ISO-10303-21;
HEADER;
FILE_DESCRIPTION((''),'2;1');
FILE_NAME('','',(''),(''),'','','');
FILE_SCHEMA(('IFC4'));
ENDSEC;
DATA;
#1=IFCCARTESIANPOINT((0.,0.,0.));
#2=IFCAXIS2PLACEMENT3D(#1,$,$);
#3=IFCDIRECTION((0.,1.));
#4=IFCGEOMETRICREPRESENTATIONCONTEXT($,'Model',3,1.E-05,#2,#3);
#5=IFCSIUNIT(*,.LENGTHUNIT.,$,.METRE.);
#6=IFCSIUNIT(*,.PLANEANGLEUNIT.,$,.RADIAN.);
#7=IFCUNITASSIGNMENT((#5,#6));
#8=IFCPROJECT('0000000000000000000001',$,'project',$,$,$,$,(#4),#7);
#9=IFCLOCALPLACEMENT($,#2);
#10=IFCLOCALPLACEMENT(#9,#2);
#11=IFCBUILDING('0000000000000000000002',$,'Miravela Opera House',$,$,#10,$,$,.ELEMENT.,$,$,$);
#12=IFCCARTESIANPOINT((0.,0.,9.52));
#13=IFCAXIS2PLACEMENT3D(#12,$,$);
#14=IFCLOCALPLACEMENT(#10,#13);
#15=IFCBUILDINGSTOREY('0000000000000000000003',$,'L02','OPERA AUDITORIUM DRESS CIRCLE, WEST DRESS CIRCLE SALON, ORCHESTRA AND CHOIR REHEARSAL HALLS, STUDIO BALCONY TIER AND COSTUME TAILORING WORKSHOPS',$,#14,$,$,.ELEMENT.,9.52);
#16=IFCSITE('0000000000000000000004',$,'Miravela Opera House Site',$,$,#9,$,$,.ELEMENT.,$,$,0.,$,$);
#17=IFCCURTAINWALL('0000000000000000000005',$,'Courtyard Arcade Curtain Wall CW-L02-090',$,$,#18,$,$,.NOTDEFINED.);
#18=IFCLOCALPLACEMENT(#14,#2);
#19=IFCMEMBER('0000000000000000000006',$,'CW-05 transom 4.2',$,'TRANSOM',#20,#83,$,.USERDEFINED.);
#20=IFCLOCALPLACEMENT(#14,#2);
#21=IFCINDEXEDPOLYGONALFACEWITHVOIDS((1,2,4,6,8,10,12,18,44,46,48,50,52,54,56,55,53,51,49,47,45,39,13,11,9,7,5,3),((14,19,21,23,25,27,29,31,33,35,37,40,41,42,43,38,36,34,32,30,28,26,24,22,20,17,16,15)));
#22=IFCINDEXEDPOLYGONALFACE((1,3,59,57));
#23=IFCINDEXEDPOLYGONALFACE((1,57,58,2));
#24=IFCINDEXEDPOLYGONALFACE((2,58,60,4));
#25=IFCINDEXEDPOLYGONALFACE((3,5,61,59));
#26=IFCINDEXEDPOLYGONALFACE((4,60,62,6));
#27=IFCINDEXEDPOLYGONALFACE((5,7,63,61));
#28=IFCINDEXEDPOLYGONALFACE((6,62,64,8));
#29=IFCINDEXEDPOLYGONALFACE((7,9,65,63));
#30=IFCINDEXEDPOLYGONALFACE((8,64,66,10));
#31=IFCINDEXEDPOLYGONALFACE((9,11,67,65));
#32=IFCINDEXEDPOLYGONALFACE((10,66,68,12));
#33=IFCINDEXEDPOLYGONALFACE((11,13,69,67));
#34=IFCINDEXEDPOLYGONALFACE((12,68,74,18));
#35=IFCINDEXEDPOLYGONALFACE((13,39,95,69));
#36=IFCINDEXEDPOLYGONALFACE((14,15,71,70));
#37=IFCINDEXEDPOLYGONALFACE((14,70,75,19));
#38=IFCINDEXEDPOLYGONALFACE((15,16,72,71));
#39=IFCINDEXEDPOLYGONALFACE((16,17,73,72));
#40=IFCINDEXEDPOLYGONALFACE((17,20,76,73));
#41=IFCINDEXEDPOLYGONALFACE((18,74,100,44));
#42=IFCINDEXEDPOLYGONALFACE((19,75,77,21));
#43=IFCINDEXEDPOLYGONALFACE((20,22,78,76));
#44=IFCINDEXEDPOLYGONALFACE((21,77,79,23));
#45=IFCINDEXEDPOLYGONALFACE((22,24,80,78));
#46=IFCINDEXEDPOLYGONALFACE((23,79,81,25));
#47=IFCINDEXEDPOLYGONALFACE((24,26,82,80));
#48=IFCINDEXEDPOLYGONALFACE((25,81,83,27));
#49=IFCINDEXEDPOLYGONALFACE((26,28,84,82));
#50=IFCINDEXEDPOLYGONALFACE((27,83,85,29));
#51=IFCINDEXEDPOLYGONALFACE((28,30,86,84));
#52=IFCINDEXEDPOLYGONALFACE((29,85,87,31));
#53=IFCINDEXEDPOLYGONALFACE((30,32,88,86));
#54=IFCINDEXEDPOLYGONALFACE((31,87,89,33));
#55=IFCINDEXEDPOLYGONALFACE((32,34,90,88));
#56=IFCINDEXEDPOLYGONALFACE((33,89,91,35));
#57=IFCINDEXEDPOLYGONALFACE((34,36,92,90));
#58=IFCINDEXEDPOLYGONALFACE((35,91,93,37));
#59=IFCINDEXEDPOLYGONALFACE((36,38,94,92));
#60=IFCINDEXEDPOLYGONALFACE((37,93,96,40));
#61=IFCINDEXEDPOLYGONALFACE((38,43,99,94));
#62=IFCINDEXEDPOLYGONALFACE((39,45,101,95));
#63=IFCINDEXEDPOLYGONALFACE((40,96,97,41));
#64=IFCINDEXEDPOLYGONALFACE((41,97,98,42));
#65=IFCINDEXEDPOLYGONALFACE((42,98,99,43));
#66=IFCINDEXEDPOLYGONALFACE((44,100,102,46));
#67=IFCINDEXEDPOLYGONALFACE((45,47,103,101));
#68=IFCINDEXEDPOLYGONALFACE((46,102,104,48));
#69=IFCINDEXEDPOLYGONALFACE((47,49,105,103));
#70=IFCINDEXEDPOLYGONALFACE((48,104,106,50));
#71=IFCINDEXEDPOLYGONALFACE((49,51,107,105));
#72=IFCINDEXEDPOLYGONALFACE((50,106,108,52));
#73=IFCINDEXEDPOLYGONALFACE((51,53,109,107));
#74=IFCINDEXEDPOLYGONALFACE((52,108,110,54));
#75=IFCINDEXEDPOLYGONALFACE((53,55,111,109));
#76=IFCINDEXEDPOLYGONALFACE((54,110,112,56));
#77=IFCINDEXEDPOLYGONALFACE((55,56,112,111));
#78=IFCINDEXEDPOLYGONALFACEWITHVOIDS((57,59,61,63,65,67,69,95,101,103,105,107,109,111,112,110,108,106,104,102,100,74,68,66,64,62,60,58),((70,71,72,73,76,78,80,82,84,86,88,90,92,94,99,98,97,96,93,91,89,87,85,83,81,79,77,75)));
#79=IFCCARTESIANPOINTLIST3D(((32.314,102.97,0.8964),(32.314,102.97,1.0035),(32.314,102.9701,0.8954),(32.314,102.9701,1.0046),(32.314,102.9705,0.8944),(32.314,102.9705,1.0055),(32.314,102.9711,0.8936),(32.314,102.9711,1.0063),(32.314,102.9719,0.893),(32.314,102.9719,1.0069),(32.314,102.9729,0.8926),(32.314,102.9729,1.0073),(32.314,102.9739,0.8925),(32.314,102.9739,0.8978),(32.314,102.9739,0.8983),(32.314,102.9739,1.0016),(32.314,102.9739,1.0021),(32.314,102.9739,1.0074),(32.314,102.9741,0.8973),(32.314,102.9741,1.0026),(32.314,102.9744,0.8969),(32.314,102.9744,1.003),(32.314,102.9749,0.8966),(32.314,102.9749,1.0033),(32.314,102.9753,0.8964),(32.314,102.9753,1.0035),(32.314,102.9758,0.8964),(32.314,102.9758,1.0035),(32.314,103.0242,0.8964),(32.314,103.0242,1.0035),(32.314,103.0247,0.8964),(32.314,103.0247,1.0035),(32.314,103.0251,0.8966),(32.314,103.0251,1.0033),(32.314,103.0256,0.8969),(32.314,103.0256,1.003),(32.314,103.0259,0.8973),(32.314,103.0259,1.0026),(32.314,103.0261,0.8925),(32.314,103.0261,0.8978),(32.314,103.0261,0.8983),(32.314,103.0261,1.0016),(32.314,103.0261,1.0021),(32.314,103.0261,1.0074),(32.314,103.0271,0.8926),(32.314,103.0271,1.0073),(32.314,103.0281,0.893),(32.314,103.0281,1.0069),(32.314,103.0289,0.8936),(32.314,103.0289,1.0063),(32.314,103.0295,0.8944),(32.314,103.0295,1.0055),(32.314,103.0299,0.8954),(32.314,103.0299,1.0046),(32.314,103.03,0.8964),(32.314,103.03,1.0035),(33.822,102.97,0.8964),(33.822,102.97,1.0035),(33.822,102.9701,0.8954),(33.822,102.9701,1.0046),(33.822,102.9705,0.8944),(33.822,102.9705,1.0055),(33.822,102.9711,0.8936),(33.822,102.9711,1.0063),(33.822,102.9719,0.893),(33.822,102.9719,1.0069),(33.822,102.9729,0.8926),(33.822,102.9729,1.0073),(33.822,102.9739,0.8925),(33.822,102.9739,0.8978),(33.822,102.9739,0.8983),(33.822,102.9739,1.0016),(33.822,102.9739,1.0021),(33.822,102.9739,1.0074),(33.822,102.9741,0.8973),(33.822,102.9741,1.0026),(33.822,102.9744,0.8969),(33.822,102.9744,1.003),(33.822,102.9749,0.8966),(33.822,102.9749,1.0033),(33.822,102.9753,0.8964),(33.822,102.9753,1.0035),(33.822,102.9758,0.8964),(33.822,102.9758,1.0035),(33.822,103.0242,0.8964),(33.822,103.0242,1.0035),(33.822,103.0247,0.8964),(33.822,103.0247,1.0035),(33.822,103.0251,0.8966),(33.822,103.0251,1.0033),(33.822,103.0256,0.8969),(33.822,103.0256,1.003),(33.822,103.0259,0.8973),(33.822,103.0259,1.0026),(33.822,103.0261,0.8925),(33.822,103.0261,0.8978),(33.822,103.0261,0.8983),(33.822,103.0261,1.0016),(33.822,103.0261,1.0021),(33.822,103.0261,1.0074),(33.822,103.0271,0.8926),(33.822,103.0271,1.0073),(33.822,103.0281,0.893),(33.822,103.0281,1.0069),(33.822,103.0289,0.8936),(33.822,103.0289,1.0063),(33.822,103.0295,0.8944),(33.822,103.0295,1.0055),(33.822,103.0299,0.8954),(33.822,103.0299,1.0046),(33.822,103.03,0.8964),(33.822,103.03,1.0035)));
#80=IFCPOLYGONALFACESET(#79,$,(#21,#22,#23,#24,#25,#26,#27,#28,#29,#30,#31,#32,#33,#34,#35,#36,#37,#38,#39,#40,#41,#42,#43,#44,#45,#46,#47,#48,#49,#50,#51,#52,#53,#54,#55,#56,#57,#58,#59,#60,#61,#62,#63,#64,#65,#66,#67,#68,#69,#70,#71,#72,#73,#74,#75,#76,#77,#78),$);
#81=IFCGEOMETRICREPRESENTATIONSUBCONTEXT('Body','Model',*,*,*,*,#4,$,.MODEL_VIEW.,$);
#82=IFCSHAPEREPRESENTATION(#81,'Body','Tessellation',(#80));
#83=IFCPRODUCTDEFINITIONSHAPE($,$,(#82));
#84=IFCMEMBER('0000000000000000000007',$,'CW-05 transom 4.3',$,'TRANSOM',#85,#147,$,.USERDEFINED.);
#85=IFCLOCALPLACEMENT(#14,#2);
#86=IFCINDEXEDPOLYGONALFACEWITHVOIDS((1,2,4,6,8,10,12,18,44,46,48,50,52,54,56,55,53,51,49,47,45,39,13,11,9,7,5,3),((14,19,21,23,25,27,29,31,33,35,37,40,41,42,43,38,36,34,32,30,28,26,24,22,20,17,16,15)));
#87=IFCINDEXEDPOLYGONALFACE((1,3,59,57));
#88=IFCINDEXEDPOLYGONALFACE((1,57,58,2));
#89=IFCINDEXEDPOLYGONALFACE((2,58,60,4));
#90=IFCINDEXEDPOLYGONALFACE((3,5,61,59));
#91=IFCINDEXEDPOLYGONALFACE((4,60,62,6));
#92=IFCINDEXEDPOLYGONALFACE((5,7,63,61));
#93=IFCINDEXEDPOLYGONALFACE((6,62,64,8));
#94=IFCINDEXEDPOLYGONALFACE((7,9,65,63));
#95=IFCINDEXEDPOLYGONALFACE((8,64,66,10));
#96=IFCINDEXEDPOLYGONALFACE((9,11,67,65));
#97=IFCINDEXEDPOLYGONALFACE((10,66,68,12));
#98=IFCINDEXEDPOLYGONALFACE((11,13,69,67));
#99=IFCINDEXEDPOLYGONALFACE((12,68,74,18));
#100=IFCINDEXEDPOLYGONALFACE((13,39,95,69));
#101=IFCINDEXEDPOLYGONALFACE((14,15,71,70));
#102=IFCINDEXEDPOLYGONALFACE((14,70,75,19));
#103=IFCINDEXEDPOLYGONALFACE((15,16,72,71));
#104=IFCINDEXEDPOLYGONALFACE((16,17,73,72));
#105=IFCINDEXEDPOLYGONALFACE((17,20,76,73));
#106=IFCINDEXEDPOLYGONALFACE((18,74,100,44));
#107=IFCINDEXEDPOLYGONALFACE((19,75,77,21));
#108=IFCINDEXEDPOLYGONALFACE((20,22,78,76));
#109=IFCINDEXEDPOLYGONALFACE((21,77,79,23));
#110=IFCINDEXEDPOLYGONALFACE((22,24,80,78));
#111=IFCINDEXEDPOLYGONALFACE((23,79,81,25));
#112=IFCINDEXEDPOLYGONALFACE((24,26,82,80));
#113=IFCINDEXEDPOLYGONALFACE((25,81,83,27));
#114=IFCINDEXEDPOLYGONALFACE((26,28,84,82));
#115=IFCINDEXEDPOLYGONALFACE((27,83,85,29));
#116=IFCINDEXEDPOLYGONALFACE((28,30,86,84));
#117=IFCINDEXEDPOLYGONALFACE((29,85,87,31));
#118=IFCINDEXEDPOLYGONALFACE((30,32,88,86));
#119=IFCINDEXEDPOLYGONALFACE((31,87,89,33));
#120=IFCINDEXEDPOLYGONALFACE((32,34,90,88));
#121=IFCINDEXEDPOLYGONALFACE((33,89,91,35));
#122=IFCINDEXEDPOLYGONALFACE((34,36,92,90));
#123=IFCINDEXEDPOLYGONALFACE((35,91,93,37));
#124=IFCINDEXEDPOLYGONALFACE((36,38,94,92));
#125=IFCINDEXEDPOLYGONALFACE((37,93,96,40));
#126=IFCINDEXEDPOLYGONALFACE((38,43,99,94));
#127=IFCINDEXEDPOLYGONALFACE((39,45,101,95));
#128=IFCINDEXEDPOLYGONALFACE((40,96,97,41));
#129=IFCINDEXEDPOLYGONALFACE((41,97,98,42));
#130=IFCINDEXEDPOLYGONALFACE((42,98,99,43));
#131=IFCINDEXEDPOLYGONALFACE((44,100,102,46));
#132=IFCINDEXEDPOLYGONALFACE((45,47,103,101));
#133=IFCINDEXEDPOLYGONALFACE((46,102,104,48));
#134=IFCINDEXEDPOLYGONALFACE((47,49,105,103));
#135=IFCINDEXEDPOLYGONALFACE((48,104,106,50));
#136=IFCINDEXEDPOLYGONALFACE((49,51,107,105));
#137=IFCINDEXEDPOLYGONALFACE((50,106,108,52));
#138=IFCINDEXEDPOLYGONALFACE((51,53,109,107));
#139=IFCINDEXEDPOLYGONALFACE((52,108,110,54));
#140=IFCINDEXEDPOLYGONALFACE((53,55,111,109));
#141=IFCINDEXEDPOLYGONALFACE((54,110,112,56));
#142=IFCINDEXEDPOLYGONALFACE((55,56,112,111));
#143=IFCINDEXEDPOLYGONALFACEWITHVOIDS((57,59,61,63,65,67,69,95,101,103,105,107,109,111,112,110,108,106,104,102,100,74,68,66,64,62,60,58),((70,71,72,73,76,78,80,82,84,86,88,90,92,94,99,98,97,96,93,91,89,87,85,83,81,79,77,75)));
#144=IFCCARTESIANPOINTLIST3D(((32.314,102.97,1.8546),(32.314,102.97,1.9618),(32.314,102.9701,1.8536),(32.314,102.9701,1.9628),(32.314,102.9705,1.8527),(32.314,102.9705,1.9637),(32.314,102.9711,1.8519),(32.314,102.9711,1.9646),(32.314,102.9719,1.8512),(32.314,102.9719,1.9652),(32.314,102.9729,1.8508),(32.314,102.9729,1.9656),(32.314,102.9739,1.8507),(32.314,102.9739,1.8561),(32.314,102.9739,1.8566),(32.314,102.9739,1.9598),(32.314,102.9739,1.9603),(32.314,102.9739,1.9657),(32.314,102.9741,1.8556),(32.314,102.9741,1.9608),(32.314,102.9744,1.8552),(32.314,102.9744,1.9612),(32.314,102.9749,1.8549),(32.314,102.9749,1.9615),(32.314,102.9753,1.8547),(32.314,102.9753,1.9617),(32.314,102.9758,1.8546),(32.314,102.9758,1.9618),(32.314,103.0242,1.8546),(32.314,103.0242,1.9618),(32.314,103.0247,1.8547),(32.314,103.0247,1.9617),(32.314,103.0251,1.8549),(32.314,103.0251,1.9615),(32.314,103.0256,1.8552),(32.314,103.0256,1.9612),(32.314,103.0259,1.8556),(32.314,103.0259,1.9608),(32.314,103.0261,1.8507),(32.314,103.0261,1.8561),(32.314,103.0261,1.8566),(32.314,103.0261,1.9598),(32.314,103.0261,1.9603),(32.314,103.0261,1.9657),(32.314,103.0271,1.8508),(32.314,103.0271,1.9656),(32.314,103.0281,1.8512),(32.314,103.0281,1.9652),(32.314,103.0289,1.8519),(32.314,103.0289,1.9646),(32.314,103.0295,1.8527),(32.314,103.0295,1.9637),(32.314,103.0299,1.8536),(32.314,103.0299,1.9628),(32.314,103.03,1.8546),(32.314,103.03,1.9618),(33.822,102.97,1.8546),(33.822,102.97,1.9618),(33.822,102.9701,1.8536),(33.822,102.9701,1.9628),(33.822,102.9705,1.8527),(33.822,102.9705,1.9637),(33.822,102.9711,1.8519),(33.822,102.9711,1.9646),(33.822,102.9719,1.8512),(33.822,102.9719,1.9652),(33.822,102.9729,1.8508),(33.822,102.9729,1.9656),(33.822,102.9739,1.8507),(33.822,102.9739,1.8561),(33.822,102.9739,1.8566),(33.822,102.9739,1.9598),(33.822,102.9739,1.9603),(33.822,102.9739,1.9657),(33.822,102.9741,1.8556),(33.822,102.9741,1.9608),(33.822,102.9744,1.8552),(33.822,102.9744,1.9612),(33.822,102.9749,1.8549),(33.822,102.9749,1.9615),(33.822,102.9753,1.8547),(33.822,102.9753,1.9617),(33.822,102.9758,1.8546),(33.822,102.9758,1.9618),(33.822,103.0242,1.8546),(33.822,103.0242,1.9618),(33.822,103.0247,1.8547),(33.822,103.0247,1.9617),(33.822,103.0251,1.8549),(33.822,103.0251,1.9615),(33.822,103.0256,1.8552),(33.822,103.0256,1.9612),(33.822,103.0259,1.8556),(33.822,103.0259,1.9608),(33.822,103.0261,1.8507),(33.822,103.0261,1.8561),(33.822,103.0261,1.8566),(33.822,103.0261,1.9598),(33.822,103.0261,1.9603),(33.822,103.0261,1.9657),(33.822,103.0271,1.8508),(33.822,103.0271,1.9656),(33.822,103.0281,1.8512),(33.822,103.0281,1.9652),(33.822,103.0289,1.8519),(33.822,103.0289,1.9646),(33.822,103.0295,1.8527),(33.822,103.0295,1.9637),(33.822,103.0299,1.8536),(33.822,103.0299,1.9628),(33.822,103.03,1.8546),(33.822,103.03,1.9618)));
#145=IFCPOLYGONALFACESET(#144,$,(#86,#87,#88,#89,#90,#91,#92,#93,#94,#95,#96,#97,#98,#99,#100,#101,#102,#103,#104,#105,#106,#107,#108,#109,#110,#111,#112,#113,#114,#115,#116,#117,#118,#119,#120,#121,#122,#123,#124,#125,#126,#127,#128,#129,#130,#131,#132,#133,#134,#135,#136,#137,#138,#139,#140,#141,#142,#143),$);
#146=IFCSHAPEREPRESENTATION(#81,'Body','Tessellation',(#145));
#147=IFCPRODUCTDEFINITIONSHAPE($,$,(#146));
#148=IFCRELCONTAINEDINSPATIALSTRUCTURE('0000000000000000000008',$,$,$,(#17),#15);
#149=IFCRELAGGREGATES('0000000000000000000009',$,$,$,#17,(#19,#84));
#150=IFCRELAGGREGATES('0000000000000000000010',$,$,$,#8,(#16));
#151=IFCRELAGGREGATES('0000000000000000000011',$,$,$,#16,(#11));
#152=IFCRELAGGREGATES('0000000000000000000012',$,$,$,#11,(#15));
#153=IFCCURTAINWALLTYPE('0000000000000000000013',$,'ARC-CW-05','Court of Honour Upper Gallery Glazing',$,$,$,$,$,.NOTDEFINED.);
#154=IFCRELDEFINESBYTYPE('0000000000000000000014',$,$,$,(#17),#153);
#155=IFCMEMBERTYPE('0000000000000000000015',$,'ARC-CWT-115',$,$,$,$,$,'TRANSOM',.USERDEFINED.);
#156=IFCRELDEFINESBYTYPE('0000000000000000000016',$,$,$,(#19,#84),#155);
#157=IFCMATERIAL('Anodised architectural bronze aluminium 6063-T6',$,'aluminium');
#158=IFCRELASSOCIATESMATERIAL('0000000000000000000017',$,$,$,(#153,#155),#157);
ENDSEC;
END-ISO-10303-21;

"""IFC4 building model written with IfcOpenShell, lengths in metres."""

from ifc_helpers import new_model, si_unit, direction, frame, origin, origin_2d, place, context, subcontext, project, spatial, hollow_rectangle, extrude, material, material_profile, profile_set, type_object, element, aggregate, save


model = new_model("IFC4")

# Units and contexts
model_context = context("Model", 3, precision=1e-05, world=origin(), true_north=direction((0.0, 1.0)))
body_context = subcontext(model_context, "Body", "Model", "MODEL_VIEW")
ifc_project = project(units=[si_unit("LENGTHUNIT", "METRE"), si_unit("PLANEANGLEUNIT", "RADIAN")], contexts=[model_context])

# Site, building, storey
site_placement = place(None, origin())
site = spatial("IfcSite", under=ifc_project, at=site_placement, Name="Miravela Opera House Site", CompositionType="ELEMENT", RefElevation=0.0)
building_placement = place(site_placement, origin())
building = spatial("IfcBuilding", under=site, at=building_placement, Name="Miravela Opera House", CompositionType="ELEMENT")
storey_placement = place(building_placement, frame((0.0, 0.0, 9.52)))
storey = spatial("IfcBuildingStorey", under=building, at=storey_placement, Name="L02", Description="OPERA AUDITORIUM DRESS CIRCLE, WEST DRESS CIRCLE SALON, ORCHESTRA AND CHOIR REHEARSAL HALLS, STUDIO BALCONY TIER AND COSTUME TAILORING WORKSHOPS", CompositionType="ELEMENT", Elevation=9.52)

# Curtain wall, members
ifc_material_1 = material(Name="Anodised architectural bronze aluminium 6063-T6", Category="aluminium")
curtain_wall_type = type_object("IfcCurtainWallType", Name="ARC-CW-05", Description="Court of Honour Upper Gallery Glazing", PredefinedType="NOTDEFINED", material=ifc_material_1)
curtain_wall_placement = place(storey_placement, origin())
curtain_wall = element("IfcCurtainWall", 1, at=curtain_wall_placement, inside=storey, type_object=curtain_wall_type, Name="Courtyard Arcade Curtain Wall CW-L02-090", PredefinedType="NOTDEFINED")
ifc_material_profile_1 = material_profile(ifc_material_1, hollow_rectangle(XDim=0.0601, YDim=0.115, WallThickness=0.0039, InnerFilletRadius=0.002, OuterFilletRadius=0.0039, at=origin_2d()), Name="CWT-60X115")
ifc_profile_set_1 = profile_set([ifc_material_profile_1])
member_type_1 = type_object("IfcMemberType", Name="ARC-CWT-115", ElementType="TRANSOM", PredefinedType="USERDEFINED", material=ifc_profile_set_1)
member_1_placement = place(storey_placement, frame((32.314, 103.0, 0.95), z_axis=(1.0, 0.0, 0.0), x_axis=(0.0, 1.0, 0.0)))
member_1 = element("IfcMember", 2, at=member_1_placement, type_object=member_type_1, Name="CW-05 transom 4.2", ObjectType="TRANSOM", PredefinedType="USERDEFINED", context=body_context, shape_type="SweptSolid", body=[
    extrude(hollow_rectangle(XDim=0.0601, YDim=0.115, WallThickness=0.0039, InnerFilletRadius=0.002, OuterFilletRadius=0.0039, at=origin_2d()), origin(), (0.0, 0.0, 1.0), 1.5081),
])
member_2_placement = place(storey_placement, frame((32.314, 103.0, 1.9082), z_axis=(1.0, 0.0, 0.0), x_axis=(0.0, 1.0, 0.0)))
member_2 = element("IfcMember", 3, at=member_2_placement, type_object=member_type_1, Name="CW-05 transom 4.3", ObjectType="TRANSOM", PredefinedType="USERDEFINED", context=body_context, shape_type="SweptSolid", body=[
    extrude(hollow_rectangle(XDim=0.0601, YDim=0.115, WallThickness=0.0039, InnerFilletRadius=0.002, OuterFilletRadius=0.0039, at=origin_2d()), origin(), (0.0, 0.0, 1.0), 1.5081),
])
aggregate(curtain_wall, [member_1, member_2])

save(model, "model.ifc")
